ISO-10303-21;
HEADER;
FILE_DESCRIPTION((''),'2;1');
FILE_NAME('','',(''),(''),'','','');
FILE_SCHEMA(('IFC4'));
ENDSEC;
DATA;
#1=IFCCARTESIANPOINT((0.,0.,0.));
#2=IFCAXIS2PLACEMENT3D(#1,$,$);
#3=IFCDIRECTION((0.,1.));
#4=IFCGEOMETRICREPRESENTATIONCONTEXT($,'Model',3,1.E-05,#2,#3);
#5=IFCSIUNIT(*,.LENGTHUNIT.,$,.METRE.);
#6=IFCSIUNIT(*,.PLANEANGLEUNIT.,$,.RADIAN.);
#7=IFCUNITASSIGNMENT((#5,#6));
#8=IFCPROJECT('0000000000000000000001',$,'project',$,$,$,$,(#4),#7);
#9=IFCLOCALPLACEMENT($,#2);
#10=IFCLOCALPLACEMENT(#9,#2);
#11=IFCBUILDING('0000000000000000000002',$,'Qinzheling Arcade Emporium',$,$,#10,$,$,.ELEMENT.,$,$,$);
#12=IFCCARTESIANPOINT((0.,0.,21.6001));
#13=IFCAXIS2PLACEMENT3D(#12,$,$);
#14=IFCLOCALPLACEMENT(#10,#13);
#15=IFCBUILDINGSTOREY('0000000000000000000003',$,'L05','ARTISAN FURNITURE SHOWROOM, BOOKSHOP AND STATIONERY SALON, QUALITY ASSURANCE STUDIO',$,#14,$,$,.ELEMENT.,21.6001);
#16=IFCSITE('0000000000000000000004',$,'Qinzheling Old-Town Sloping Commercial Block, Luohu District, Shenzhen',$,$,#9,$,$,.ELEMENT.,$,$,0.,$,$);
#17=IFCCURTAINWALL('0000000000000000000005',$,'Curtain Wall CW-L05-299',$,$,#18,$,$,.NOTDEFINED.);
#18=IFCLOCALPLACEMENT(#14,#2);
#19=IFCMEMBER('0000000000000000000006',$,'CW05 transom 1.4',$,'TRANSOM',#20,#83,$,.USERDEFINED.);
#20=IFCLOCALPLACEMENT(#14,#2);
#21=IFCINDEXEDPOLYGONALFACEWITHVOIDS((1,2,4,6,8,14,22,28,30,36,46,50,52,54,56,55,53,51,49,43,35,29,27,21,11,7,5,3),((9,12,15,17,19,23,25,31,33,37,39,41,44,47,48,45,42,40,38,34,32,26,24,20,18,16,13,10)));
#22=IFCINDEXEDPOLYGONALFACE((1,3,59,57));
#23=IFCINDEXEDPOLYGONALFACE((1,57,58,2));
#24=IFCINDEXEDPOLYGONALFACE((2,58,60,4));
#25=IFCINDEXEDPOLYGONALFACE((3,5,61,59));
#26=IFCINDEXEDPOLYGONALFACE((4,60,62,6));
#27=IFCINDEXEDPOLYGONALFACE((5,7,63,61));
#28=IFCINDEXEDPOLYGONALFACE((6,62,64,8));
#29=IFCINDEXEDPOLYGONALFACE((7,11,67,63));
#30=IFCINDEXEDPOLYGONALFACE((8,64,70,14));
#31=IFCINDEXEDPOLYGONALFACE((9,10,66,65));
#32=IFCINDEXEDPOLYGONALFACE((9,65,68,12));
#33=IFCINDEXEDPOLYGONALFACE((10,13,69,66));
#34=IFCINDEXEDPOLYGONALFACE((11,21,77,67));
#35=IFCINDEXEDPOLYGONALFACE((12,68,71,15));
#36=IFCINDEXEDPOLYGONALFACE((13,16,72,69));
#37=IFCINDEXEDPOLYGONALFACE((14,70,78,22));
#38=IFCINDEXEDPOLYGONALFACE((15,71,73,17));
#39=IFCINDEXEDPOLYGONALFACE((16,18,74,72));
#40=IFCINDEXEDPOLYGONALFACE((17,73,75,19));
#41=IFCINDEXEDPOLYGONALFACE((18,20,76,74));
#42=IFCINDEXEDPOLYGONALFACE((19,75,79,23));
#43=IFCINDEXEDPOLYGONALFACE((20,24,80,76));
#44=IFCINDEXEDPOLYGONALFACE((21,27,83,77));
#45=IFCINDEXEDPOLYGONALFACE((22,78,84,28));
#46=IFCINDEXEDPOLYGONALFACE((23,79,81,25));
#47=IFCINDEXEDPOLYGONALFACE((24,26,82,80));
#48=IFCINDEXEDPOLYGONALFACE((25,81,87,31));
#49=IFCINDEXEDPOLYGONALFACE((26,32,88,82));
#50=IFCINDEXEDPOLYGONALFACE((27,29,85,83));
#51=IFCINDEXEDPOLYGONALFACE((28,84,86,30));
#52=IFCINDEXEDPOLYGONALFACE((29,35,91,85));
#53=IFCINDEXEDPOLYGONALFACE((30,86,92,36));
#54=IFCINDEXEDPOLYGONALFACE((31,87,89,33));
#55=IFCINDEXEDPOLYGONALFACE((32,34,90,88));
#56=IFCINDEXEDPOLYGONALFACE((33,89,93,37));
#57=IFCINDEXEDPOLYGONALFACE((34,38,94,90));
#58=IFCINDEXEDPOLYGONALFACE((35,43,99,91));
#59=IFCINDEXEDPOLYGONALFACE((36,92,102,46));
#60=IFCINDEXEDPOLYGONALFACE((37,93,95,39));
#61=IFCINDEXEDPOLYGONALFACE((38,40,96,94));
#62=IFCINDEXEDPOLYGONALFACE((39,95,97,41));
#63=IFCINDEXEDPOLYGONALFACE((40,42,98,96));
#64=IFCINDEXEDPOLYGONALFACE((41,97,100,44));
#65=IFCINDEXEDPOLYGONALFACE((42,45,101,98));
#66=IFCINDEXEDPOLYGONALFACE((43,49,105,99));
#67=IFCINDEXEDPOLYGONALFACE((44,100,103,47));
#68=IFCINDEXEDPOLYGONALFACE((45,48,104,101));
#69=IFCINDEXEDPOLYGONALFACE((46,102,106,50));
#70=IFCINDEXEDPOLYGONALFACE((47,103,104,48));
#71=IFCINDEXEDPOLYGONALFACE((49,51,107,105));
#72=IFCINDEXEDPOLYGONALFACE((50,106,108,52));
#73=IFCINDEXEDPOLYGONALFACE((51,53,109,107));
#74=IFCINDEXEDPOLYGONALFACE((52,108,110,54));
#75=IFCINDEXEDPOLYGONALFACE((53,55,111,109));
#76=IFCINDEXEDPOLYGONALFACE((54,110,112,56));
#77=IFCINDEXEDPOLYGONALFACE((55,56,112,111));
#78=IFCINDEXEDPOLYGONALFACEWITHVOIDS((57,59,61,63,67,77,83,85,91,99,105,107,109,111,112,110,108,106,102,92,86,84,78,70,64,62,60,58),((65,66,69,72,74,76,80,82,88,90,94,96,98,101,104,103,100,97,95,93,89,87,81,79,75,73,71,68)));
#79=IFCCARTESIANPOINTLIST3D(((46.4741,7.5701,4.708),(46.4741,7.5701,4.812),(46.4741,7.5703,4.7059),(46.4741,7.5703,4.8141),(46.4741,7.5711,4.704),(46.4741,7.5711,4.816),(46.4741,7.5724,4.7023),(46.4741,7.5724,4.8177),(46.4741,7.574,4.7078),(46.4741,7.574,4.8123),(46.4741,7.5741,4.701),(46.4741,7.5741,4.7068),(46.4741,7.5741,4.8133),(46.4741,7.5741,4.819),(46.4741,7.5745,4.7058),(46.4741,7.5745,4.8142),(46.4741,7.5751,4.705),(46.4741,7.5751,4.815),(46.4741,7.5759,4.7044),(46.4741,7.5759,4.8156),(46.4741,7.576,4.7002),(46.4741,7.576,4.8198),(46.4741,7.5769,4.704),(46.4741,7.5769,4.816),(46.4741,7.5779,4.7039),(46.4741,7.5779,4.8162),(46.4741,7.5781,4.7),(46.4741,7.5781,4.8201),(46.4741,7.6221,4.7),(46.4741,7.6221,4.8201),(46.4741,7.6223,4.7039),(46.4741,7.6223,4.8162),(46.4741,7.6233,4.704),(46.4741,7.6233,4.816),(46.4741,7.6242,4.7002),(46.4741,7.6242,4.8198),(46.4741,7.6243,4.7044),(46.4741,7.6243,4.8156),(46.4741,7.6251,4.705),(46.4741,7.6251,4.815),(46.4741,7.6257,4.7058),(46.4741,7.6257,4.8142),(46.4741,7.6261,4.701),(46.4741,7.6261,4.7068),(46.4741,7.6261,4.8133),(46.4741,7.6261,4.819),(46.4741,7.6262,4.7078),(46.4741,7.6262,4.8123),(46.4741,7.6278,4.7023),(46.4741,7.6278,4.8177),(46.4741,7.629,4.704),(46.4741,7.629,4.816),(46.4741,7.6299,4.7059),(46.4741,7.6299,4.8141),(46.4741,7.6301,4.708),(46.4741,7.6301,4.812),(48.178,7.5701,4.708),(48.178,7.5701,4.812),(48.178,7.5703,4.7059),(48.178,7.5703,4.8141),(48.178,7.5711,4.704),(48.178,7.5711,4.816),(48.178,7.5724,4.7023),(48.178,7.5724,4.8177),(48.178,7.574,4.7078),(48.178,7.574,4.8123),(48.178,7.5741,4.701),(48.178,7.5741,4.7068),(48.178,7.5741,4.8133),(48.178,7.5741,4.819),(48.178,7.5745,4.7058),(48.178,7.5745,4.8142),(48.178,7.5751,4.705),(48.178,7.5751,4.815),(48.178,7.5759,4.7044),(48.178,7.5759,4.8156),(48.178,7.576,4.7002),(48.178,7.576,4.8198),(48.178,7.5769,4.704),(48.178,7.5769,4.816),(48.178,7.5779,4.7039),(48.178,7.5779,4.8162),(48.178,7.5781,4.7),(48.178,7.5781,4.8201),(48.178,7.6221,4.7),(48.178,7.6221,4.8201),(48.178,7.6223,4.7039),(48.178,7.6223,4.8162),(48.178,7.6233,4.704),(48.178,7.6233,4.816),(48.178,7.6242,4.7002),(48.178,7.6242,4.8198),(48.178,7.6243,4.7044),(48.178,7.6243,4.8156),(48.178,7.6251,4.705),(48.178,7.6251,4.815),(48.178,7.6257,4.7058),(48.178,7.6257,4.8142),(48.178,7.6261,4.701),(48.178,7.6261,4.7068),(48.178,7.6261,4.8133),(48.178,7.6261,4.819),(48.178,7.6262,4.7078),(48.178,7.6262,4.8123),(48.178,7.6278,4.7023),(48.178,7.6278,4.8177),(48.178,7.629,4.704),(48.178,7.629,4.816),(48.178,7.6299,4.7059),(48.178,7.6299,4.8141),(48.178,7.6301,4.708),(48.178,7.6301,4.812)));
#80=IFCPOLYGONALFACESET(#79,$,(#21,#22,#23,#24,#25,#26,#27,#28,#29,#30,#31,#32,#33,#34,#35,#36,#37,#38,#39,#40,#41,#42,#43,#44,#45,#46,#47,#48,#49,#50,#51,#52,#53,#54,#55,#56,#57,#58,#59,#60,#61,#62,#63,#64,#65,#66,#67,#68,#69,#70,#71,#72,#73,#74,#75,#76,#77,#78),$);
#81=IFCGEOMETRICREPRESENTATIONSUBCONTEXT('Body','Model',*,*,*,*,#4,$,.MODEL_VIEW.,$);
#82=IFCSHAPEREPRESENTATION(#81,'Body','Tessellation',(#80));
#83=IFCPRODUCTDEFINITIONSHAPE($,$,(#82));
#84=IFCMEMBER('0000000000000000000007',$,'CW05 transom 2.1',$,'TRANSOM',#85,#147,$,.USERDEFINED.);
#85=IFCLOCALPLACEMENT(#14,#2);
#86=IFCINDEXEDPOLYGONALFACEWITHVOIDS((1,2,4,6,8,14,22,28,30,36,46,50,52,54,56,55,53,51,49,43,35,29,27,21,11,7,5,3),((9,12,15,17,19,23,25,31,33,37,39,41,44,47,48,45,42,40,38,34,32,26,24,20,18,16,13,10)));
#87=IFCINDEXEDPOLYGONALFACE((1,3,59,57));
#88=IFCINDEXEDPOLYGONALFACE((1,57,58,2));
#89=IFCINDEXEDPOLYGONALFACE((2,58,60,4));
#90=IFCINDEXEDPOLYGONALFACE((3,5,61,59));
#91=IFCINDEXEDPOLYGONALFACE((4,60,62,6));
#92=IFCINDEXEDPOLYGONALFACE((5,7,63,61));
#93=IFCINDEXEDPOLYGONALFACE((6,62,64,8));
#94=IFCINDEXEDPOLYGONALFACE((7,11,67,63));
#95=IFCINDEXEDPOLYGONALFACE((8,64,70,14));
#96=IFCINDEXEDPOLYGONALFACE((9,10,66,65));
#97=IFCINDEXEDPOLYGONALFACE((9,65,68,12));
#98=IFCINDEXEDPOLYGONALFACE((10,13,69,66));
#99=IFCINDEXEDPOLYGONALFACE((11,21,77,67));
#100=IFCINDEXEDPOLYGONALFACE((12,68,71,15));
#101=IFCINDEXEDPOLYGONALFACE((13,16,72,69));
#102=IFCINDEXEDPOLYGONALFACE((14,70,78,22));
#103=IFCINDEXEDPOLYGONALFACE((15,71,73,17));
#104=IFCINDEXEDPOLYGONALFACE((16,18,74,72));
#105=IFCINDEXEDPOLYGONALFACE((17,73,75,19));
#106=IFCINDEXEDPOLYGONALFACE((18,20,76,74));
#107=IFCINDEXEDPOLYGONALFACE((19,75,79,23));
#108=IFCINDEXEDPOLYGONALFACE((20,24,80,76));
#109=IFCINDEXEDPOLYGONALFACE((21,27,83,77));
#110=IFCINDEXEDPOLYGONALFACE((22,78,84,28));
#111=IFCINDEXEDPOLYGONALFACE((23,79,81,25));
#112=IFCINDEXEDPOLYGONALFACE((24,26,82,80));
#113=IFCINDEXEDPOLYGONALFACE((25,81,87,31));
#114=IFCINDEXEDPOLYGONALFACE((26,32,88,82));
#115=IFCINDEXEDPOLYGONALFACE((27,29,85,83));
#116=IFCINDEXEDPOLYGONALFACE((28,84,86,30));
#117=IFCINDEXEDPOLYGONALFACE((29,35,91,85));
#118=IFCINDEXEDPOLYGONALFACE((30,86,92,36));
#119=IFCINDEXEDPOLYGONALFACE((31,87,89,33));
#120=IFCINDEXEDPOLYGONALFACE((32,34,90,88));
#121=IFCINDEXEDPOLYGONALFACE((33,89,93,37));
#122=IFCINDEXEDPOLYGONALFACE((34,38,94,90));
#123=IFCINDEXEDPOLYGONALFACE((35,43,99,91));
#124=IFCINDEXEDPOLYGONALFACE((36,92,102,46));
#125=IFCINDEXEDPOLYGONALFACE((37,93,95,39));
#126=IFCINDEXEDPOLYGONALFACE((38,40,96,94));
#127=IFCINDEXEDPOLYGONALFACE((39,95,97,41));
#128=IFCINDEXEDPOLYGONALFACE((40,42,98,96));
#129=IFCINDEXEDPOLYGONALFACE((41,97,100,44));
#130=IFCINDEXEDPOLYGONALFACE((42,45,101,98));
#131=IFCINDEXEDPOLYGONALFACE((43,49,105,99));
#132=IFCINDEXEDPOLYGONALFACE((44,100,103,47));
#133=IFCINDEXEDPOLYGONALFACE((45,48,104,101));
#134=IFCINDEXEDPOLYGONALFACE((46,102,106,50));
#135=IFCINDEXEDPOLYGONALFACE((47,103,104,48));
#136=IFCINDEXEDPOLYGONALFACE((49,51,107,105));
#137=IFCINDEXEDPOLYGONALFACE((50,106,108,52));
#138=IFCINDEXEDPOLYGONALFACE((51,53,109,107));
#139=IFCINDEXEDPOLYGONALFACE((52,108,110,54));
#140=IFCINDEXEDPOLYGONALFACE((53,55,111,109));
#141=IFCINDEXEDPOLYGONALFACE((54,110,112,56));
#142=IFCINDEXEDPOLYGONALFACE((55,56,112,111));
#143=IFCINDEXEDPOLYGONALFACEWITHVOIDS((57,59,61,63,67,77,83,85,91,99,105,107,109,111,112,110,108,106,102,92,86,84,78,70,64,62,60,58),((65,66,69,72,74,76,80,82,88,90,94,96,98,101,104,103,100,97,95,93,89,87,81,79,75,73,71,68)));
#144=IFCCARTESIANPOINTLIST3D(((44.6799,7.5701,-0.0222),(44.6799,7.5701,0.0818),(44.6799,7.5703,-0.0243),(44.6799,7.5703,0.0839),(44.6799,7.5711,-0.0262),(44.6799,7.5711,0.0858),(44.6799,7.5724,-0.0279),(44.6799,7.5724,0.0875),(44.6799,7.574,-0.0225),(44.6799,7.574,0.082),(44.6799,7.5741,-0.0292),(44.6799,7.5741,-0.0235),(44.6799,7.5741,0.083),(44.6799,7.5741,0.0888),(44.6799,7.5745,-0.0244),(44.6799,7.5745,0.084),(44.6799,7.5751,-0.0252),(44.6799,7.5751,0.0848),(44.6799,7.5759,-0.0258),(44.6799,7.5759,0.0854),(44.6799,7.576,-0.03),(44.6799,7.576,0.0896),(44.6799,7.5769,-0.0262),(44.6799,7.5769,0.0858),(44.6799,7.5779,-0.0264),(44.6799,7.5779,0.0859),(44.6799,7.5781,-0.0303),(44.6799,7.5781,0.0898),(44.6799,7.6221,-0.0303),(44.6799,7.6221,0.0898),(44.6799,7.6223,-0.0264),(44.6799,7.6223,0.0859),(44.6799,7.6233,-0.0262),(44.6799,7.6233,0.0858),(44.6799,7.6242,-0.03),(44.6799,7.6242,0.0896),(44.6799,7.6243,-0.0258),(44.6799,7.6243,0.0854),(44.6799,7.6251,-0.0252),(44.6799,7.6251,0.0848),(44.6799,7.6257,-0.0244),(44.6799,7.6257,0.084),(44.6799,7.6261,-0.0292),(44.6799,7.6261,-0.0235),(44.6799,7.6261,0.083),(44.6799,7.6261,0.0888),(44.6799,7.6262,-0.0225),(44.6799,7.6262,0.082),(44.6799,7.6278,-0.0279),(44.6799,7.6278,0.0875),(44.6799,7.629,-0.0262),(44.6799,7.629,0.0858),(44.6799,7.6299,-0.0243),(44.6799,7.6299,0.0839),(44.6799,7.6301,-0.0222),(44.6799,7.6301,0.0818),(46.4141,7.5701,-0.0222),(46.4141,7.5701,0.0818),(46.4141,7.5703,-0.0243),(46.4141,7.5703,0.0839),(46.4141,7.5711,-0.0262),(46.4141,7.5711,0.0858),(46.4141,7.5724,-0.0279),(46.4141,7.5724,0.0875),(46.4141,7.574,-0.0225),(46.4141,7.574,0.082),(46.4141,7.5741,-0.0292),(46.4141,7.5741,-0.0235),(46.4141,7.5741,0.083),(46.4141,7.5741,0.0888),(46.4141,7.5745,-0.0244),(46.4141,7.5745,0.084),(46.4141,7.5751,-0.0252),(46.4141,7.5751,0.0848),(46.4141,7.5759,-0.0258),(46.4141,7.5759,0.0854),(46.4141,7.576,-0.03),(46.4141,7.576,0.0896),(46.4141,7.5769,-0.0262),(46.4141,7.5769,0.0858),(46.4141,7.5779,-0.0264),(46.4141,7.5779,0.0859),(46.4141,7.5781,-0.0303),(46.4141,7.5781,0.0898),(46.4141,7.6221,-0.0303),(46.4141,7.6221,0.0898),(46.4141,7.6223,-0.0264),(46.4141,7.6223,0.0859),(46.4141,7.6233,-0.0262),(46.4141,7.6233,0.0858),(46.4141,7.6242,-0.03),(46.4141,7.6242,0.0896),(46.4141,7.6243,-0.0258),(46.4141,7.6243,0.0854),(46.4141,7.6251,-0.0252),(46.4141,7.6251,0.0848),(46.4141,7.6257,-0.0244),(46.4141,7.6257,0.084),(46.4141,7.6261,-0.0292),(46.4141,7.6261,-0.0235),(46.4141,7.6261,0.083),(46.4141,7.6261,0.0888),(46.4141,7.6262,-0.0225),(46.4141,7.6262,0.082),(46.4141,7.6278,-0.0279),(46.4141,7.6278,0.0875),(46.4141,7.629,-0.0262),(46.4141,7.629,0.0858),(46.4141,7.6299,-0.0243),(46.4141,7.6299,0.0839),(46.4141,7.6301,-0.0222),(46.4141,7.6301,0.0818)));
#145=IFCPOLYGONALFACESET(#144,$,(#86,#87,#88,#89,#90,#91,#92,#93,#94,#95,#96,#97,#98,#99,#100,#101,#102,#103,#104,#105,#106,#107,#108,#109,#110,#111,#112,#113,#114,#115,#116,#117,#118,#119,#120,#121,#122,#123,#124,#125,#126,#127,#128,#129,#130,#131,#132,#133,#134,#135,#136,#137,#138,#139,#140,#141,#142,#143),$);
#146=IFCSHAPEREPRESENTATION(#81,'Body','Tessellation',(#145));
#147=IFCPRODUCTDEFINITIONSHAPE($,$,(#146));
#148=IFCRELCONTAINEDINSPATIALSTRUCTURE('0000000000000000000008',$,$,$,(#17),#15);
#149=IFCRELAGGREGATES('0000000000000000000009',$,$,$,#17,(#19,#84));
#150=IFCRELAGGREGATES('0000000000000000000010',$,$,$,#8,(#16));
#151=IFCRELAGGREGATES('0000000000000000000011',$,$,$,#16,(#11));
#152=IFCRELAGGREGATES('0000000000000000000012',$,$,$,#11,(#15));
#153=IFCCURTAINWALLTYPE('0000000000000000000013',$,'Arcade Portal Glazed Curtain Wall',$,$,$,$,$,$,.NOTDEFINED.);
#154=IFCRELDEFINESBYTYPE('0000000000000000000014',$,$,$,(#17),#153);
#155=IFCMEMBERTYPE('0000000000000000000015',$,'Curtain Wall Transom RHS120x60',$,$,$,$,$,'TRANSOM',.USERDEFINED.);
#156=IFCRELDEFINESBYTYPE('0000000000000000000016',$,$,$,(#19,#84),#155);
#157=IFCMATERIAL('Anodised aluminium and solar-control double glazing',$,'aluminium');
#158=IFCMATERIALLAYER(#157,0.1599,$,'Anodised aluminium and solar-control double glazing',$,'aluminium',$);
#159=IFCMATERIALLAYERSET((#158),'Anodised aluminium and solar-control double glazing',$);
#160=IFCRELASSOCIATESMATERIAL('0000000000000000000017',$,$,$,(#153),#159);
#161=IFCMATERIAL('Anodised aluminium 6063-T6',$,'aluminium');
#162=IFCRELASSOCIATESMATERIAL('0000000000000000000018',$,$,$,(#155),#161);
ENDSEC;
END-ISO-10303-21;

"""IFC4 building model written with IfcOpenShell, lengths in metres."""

from ifc_helpers import new_model, si_unit, direction, frame, origin, origin_2d, place, context, subcontext, project, spatial, hollow_rectangle, extrude, material, layer, layer_set, material_profile, profile_set, type_object, element, aggregate, save


model = new_model("IFC4")

# Units and contexts
model_context = context("Model", 3, precision=1e-05, world=origin(), true_north=direction((0.0, 1.0)))
body_context = subcontext(model_context, "Body", "Model", "MODEL_VIEW")
ifc_project = project(units=[si_unit("LENGTHUNIT", "METRE"), si_unit("PLANEANGLEUNIT", "RADIAN")], contexts=[model_context])

# Site, building, storey
site_placement = place(None, origin())
site = spatial("IfcSite", under=ifc_project, at=site_placement, Name="Qinzheling Old-Town Sloping Commercial Block, Luohu District, Shenzhen", CompositionType="ELEMENT", RefElevation=0.0)
building_placement = place(site_placement, origin())
building = spatial("IfcBuilding", under=site, at=building_placement, Name="Qinzheling Arcade Emporium", CompositionType="ELEMENT")
storey_placement = place(building_placement, frame((0.0, 0.0, 21.6001)))
storey = spatial("IfcBuildingStorey", under=building, at=storey_placement, Name="L05", Description="ARTISAN FURNITURE SHOWROOM, BOOKSHOP AND STATIONERY SALON, QUALITY ASSURANCE STUDIO", CompositionType="ELEMENT", Elevation=21.6001)

# Shared definitions
ifc_material_1 = material(Name="Anodised aluminium and solar-control double glazing", Category="aluminium")
ifc_layer_1 = layer(ifc_material_1, 0.1599, Name="Anodised aluminium and solar-control double glazing", Category="aluminium")
ifc_layer_set_1 = layer_set([ifc_layer_1], Name="Anodised aluminium and solar-control double glazing")
curtain_wall_type = type_object("IfcCurtainWallType", Name="Arcade Portal Glazed Curtain Wall", PredefinedType="NOTDEFINED", material=ifc_layer_set_1)
ifc_material_2 = material(Name="Anodised aluminium 6063-T6", Category="aluminium")

# Curtain wall, members
curtain_wall_1_placement = place(storey_placement, origin())
curtain_wall_1 = element("IfcCurtainWall", 1, at=curtain_wall_1_placement, inside=storey, type_object=curtain_wall_type, Name="Curtain Wall CW-L05-299", PredefinedType="NOTDEFINED")
ifc_material_profile_1 = material_profile(ifc_material_2, hollow_rectangle(XDim=0.0601, YDim=0.1201, WallThickness=0.0039, InnerFilletRadius=0.0039, OuterFilletRadius=0.0081, at=origin_2d()), Name="RHS 120x60x4", Category="aluminium")
ifc_profile_set_1 = profile_set([ifc_material_profile_1], Name="Anodised aluminium 6063-T6")
member_type_1 = type_object("IfcMemberType", Name="Curtain Wall Transom RHS120x60", ElementType="TRANSOM", PredefinedType="USERDEFINED", material=ifc_profile_set_1)
member_1_placement = place(storey_placement, frame((48.178, 7.6001, 4.76), z_axis=(-1.0, 0.0, 0.0), x_axis=(0.0, -1.0, 0.0)))
member_1 = element("IfcMember", 2, at=member_1_placement, type_object=member_type_1, Name="CW05 transom 1.4", ObjectType="TRANSOM", PredefinedType="USERDEFINED", context=body_context, shape_type="SweptSolid", body=[
    extrude(hollow_rectangle(XDim=0.0601, YDim=0.1201, WallThickness=0.0039, InnerFilletRadius=0.0039, OuterFilletRadius=0.0081, at=origin_2d()), origin(), (0.0, 0.0, 1.0), 1.7039),
])
member_2_placement = place(storey_placement, frame((46.4141, 7.6001, 0.0298), z_axis=(-1.0, 0.0, 0.0), x_axis=(0.0, -1.0, 0.0)))
member_2 = element("IfcMember", 3, at=member_2_placement, type_object=member_type_1, Name="CW05 transom 2.1", ObjectType="TRANSOM", PredefinedType="USERDEFINED", context=body_context, shape_type="SweptSolid", body=[
    extrude(hollow_rectangle(XDim=0.0601, YDim=0.1201, WallThickness=0.0039, InnerFilletRadius=0.0039, OuterFilletRadius=0.0081, at=origin_2d()), origin(), (0.0, 0.0, 1.0), 1.7341),
])

aggregate(curtain_wall_1, [member_1, member_2])

save(model, "model.ifc")
